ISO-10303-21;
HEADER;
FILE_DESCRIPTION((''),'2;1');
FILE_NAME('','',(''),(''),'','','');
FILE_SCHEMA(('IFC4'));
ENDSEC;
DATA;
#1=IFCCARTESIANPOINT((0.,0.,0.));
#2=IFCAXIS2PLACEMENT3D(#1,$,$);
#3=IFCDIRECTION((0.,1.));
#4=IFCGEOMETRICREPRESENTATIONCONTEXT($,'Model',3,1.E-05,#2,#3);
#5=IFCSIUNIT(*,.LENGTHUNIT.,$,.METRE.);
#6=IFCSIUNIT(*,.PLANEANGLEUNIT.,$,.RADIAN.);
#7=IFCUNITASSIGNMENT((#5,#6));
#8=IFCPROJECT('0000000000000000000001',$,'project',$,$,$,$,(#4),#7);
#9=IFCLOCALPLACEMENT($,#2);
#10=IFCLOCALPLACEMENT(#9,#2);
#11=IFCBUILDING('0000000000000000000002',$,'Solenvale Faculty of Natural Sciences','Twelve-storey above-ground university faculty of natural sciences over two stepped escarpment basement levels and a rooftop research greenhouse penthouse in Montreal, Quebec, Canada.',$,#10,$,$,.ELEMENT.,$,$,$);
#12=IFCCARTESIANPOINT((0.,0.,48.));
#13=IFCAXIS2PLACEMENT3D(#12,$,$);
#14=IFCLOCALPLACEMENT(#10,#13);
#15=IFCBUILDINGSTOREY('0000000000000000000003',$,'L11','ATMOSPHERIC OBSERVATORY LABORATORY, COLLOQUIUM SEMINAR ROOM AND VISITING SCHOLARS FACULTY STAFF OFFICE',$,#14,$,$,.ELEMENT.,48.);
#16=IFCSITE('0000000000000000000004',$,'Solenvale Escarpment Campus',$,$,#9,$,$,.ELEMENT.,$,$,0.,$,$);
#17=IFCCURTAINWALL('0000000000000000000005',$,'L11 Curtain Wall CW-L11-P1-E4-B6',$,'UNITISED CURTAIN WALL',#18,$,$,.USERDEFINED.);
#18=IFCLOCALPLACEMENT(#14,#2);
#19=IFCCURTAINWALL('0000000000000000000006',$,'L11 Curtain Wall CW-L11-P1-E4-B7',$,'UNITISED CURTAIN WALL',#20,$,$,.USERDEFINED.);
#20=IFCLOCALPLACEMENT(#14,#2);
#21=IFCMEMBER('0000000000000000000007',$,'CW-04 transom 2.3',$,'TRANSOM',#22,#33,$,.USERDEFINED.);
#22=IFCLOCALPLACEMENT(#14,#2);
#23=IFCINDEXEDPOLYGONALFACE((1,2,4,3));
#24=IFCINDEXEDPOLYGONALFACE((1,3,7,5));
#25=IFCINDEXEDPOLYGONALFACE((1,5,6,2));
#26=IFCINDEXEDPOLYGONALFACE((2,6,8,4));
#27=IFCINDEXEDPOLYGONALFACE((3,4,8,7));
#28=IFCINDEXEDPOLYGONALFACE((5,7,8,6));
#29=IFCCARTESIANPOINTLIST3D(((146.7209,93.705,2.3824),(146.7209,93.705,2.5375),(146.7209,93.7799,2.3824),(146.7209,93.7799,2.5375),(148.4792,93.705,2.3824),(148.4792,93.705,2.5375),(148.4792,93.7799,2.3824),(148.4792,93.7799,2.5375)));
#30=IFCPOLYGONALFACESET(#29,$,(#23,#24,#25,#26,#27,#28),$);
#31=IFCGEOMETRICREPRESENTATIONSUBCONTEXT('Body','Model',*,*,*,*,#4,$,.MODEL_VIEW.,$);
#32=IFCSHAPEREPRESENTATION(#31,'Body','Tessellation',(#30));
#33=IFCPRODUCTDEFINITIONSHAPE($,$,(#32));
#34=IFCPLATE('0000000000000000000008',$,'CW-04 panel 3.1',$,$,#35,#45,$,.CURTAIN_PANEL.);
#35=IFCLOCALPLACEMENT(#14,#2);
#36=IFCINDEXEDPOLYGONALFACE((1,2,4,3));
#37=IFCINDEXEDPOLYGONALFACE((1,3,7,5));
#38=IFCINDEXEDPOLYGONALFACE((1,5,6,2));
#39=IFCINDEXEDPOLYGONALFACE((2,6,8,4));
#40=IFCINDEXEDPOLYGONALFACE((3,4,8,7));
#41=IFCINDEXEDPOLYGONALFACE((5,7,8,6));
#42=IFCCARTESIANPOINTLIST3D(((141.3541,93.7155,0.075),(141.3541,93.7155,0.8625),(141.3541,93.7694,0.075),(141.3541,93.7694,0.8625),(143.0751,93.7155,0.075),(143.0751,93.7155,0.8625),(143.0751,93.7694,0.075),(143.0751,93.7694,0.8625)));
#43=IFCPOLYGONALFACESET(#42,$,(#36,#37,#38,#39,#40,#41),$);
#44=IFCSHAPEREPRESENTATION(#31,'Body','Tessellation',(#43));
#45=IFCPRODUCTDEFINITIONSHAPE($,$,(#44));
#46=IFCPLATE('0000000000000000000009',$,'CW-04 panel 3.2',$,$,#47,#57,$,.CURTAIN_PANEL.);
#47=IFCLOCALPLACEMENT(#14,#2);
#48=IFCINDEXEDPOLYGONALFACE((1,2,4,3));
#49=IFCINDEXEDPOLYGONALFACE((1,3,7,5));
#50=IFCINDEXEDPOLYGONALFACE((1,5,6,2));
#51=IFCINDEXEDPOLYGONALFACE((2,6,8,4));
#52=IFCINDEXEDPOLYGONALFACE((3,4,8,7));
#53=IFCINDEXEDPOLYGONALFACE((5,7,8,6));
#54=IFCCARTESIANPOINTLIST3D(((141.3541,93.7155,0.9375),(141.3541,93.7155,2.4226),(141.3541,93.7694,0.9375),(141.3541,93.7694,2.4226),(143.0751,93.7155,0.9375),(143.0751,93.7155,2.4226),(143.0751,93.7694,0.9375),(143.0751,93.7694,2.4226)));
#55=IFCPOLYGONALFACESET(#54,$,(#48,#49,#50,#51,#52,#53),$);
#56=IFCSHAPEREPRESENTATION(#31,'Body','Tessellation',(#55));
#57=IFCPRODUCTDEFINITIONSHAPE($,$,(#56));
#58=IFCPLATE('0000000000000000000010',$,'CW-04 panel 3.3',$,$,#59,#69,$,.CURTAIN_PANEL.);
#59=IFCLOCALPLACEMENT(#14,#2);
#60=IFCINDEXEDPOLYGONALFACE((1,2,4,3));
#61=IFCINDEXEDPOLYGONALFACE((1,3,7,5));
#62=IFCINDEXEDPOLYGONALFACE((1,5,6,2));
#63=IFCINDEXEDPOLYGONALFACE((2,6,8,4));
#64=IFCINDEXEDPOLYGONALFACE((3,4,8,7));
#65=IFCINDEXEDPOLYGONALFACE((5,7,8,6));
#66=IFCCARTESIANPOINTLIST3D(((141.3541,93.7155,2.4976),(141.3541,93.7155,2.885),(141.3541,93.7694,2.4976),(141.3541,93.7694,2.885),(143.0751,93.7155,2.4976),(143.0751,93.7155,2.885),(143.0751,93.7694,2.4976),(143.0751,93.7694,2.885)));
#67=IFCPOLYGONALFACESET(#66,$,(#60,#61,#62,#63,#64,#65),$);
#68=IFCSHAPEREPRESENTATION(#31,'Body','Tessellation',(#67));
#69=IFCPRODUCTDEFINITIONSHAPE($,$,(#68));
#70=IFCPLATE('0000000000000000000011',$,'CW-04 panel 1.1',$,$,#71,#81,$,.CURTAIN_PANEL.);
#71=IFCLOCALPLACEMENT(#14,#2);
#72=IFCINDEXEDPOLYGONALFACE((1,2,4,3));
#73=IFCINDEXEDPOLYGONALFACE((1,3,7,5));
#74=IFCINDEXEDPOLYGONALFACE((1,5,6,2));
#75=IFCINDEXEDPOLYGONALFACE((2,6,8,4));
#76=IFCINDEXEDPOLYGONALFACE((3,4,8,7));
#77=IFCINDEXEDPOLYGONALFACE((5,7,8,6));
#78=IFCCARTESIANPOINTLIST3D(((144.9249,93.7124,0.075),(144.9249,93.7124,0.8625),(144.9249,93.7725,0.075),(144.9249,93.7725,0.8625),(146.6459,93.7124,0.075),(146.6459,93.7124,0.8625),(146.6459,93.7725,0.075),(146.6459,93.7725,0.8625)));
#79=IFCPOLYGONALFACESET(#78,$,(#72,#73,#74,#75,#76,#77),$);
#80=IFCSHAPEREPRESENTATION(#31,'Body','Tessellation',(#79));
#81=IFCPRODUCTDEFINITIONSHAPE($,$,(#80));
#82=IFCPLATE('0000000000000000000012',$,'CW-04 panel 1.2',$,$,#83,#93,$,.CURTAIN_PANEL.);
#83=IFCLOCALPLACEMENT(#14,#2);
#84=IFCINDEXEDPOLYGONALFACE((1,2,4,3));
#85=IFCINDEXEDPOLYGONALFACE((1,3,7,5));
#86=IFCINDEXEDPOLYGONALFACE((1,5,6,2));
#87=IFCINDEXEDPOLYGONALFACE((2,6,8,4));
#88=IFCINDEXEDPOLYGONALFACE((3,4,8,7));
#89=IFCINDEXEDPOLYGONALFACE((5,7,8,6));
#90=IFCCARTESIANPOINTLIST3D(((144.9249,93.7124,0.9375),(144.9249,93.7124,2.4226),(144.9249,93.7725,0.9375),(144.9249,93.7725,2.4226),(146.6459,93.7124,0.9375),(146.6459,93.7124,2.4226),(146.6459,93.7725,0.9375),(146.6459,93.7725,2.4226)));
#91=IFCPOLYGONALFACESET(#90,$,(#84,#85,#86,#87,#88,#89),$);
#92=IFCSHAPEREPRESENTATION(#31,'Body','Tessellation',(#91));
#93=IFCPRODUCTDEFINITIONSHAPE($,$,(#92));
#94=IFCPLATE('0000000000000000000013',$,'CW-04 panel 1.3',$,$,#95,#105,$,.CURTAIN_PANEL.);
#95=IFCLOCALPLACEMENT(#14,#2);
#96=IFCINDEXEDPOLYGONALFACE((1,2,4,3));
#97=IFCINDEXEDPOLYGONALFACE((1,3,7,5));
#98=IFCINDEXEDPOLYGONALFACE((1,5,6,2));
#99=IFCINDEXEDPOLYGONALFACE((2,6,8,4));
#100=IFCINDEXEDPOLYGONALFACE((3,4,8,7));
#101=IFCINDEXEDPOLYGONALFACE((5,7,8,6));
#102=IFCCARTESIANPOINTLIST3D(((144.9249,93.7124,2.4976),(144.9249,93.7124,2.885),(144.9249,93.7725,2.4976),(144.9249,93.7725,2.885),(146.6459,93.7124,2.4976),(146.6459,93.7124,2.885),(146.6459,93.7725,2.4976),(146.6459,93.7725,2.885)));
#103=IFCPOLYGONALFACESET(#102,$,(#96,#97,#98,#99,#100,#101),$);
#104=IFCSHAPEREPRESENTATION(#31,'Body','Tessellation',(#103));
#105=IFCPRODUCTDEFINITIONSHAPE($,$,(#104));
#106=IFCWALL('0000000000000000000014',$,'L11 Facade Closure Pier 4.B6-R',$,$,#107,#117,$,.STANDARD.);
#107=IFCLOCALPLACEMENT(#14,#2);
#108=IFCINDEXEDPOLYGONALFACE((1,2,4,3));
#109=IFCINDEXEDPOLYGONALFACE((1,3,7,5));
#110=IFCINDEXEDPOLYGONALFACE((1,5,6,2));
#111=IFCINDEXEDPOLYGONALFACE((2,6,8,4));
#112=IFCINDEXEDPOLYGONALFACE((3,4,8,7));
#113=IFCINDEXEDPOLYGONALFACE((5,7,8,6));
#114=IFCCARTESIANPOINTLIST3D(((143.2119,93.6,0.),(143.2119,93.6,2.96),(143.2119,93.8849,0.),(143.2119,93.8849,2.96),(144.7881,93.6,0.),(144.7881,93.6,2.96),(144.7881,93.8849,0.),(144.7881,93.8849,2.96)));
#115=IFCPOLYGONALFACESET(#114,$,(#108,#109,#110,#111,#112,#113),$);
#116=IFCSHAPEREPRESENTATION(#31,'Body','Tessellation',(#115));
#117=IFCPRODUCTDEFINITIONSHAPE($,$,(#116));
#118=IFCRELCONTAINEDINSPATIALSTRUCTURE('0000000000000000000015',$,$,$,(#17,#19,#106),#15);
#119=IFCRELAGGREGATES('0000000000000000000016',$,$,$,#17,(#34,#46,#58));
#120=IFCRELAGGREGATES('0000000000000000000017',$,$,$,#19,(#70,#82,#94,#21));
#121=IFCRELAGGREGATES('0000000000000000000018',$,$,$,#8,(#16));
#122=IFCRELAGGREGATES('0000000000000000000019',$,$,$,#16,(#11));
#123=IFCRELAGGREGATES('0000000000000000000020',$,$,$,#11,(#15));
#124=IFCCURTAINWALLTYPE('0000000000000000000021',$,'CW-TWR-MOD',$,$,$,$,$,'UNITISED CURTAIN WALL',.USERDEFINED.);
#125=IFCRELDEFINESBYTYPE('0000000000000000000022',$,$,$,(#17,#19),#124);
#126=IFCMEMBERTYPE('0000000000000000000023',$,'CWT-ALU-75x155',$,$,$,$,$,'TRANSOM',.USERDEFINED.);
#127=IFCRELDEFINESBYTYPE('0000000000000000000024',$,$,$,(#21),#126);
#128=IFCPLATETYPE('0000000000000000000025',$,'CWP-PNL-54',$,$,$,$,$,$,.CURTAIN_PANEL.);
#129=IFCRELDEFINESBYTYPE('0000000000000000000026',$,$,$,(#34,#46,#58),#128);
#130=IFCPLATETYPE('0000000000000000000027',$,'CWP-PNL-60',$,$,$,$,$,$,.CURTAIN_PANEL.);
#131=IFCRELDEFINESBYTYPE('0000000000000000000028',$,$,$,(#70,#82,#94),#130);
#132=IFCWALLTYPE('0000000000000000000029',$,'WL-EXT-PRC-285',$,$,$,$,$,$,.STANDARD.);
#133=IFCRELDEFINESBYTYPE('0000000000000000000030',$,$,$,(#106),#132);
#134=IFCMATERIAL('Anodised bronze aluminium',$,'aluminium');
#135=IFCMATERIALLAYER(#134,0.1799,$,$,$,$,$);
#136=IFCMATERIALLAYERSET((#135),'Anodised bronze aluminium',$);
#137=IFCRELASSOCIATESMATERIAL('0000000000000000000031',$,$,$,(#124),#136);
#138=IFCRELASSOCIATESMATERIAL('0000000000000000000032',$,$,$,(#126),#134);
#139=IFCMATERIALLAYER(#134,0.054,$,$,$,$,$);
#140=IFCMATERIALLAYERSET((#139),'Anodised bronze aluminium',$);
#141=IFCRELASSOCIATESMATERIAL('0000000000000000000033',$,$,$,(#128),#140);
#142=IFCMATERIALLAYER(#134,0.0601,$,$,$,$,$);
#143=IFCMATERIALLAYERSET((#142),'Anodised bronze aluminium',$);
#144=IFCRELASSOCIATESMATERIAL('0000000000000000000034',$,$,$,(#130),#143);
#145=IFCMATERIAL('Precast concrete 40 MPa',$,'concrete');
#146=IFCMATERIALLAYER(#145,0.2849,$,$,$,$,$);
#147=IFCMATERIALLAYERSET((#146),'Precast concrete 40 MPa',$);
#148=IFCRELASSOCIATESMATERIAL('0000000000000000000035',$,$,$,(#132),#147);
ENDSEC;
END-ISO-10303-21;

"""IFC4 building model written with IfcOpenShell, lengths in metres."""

from ifc_helpers import new_model, si_unit, direction, frame, frame_2d, origin, origin_2d, place, context, subcontext, project, spatial, rectangle, extrude, material, layer, layer_set, material_profile, profile_set, type_object, element, aggregate, save


model = new_model("IFC4")

# Units and contexts
model_context = context("Model", 3, precision=1e-05, world=origin(), true_north=direction((0.0, 1.0)))
body_context = subcontext(model_context, "Body", "Model", "MODEL_VIEW")
ifc_project = project(units=[si_unit("LENGTHUNIT", "METRE"), si_unit("PLANEANGLEUNIT", "RADIAN")], contexts=[model_context])

# Site, building, storey
site_placement = place(None, origin())
site = spatial("IfcSite", under=ifc_project, at=site_placement, Name="Solenvale Escarpment Campus", CompositionType="ELEMENT", RefElevation=0.0)
building_placement = place(site_placement, origin())
building = spatial("IfcBuilding", under=site, at=building_placement, Name="Solenvale Faculty of Natural Sciences", Description="Twelve-storey above-ground university faculty of natural sciences over two stepped escarpment basement levels and a rooftop research greenhouse penthouse in Montreal, Quebec, Canada.", CompositionType="ELEMENT")
storey_placement = place(building_placement, frame((0.0, 0.0, 48.0)))
storey = spatial("IfcBuildingStorey", under=building, at=storey_placement, Name="L11", Description="ATMOSPHERIC OBSERVATORY LABORATORY, COLLOQUIUM SEMINAR ROOM AND VISITING SCHOLARS FACULTY STAFF OFFICE", CompositionType="ELEMENT", Elevation=48.0)

# Curtain wall
ifc_material_1 = material(Name="Anodised bronze aluminium", Category="aluminium")
ifc_layer_1 = layer(ifc_material_1, 0.1799)
ifc_layer_set_1 = layer_set([ifc_layer_1], Name="Anodised bronze aluminium")
curtain_wall_type = type_object("IfcCurtainWallType", Name="CW-TWR-MOD", ElementType="UNITISED CURTAIN WALL", PredefinedType="USERDEFINED", material=ifc_layer_set_1)
curtain_wall_1_placement = place(storey_placement, origin())
curtain_wall_1 = element("IfcCurtainWall", 1, at=curtain_wall_1_placement, inside=storey, type_object=curtain_wall_type, Name="L11 Curtain Wall CW-L11-P1-E4-B6", ObjectType="UNITISED CURTAIN WALL", PredefinedType="USERDEFINED")

# Curtain wall
curtain_wall_2_placement = place(storey_placement, origin())
curtain_wall_2 = element("IfcCurtainWall", 2, at=curtain_wall_2_placement, inside=storey, type_object=curtain_wall_type, Name="L11 Curtain Wall CW-L11-P1-E4-B7", ObjectType="UNITISED CURTAIN WALL", PredefinedType="USERDEFINED")

# Member
ifc_material_profile_1 = material_profile(ifc_material_1, rectangle(XDim=0.075, YDim=0.155, at=origin_2d()), Name="ALU-TRN-75x155")
ifc_profile_set_1 = profile_set([ifc_material_profile_1], Name="Anodised bronze aluminium")
member_type_1 = type_object("IfcMemberType", Name="CWT-ALU-75x155", ElementType="TRANSOM", PredefinedType="USERDEFINED", material=ifc_profile_set_1)
member_1_placement = place(storey_placement, frame((146.7209, 93.7424, 2.46), z_axis=(1.0, 0.0, 0.0), x_axis=(0.0, 1.0, 0.0)))
member_1 = element("IfcMember", 3, at=member_1_placement, type_object=member_type_1, Name="CW-04 transom 2.3", ObjectType="TRANSOM", PredefinedType="USERDEFINED", context=body_context, shape_type="SweptSolid", body=[
    extrude(rectangle(XDim=0.075, YDim=0.155, at=origin_2d()), origin(), (0.0, 0.0, 1.0), 1.7583),
])

# Plates
ifc_layer_2 = layer(ifc_material_1, 0.054)
ifc_layer_set_2 = layer_set([ifc_layer_2], Name="Anodised bronze aluminium")
plate_type_1 = type_object("IfcPlateType", Name="CWP-PNL-54", PredefinedType="CURTAIN_PANEL", material=ifc_layer_set_2)
plate_1_placement = place(storey_placement, frame((142.2146, 93.7424, 0.075), z_axis=(0.0, 0.0, 1.0), x_axis=(1.0, 0.0, 0.0)))
plate_1 = element("IfcPlate", 4, at=plate_1_placement, type_object=plate_type_1, Name="CW-04 panel 3.1", PredefinedType="CURTAIN_PANEL", context=body_context, shape_type="SweptSolid", body=[
    extrude(rectangle(XDim=1.7209, YDim=0.054, at=origin_2d()), origin(), (0.0, 0.0, 1.0), 0.7876),
])
plate_2_placement = place(storey_placement, frame((142.2146, 93.7424, 0.9375), z_axis=(0.0, 0.0, 1.0), x_axis=(1.0, 0.0, 0.0)))
plate_2 = element("IfcPlate", 5, at=plate_2_placement, type_object=plate_type_1, Name="CW-04 panel 3.2", PredefinedType="CURTAIN_PANEL", context=body_context, shape_type="SweptSolid", body=[
    extrude(rectangle(XDim=1.7209, YDim=0.054, at=origin_2d()), origin(), (0.0, 0.0, 1.0), 1.4851),
])
plate_3_placement = place(storey_placement, frame((142.2146, 93.7424, 2.4976), z_axis=(0.0, 0.0, 1.0), x_axis=(1.0, 0.0, 0.0)))
plate_3 = element("IfcPlate", 6, at=plate_3_placement, type_object=plate_type_1, Name="CW-04 panel 3.3", PredefinedType="CURTAIN_PANEL", context=body_context, shape_type="SweptSolid", body=[
    extrude(rectangle(XDim=1.7209, YDim=0.054, at=origin_2d()), origin(), (0.0, 0.0, 1.0), 0.3875),
])
aggregate(curtain_wall_1, [plate_1, plate_2, plate_3])
ifc_layer_3 = layer(ifc_material_1, 0.0601)
ifc_layer_set_3 = layer_set([ifc_layer_3], Name="Anodised bronze aluminium")
plate_type_2 = type_object("IfcPlateType", Name="CWP-PNL-60", PredefinedType="CURTAIN_PANEL", material=ifc_layer_set_3)
plate_4_placement = place(storey_placement, frame((145.7854, 93.7424, 0.075), z_axis=(0.0, 0.0, 1.0), x_axis=(1.0, 0.0, 0.0)))
plate_4 = element("IfcPlate", 7, at=plate_4_placement, type_object=plate_type_2, Name="CW-04 panel 1.1", PredefinedType="CURTAIN_PANEL", context=body_context, shape_type="SweptSolid", body=[
    extrude(rectangle(XDim=1.7209, YDim=0.0601, at=origin_2d()), origin(), (0.0, 0.0, 1.0), 0.7876),
])
plate_5_placement = place(storey_placement, frame((145.7854, 93.7424, 0.9375), z_axis=(0.0, 0.0, 1.0), x_axis=(1.0, 0.0, 0.0)))
plate_5 = element("IfcPlate", 8, at=plate_5_placement, type_object=plate_type_2, Name="CW-04 panel 1.2", PredefinedType="CURTAIN_PANEL", context=body_context, shape_type="SweptSolid", body=[
    extrude(rectangle(XDim=1.7209, YDim=0.0601, at=origin_2d()), origin(), (0.0, 0.0, 1.0), 1.4851),
])
plate_6_placement = place(storey_placement, frame((145.7854, 93.7424, 2.4976), z_axis=(0.0, 0.0, 1.0), x_axis=(1.0, 0.0, 0.0)))
plate_6 = element("IfcPlate", 9, at=plate_6_placement, type_object=plate_type_2, Name="CW-04 panel 1.3", PredefinedType="CURTAIN_PANEL", context=body_context, shape_type="SweptSolid", body=[
    extrude(rectangle(XDim=1.7209, YDim=0.0601, at=origin_2d()), origin(), (0.0, 0.0, 1.0), 0.3875),
])
aggregate(curtain_wall_2, [plate_4, plate_5, plate_6, member_1])

# Wall
ifc_material_2 = material(Name="Precast concrete 40 MPa", Category="concrete")
ifc_layer_4 = layer(ifc_material_2, 0.2849)
ifc_layer_set_4 = layer_set([ifc_layer_4], Name="Precast concrete 40 MPa")
wall_type = type_object("IfcWallType", Name="WL-EXT-PRC-285", PredefinedType="STANDARD", material=ifc_layer_set_4)
wall_placement = place(storey_placement, frame((143.2119, 93.7424, 0.0), z_axis=(0.0, 0.0, 1.0), x_axis=(1.0, 0.0, 0.0)))
element("IfcWall", 10, at=wall_placement, inside=storey, type_object=wall_type, Name="L11 Facade Closure Pier 4.B6-R", PredefinedType="STANDARD", context=body_context, shape_type="SweptSolid", body=[
    extrude(rectangle(XDim=1.5762, YDim=0.2849, at=frame_2d((0.7881, 0.0))), origin(), (0.0, 0.0, 1.0), 2.96),
])

save(model, "model.ifc")
